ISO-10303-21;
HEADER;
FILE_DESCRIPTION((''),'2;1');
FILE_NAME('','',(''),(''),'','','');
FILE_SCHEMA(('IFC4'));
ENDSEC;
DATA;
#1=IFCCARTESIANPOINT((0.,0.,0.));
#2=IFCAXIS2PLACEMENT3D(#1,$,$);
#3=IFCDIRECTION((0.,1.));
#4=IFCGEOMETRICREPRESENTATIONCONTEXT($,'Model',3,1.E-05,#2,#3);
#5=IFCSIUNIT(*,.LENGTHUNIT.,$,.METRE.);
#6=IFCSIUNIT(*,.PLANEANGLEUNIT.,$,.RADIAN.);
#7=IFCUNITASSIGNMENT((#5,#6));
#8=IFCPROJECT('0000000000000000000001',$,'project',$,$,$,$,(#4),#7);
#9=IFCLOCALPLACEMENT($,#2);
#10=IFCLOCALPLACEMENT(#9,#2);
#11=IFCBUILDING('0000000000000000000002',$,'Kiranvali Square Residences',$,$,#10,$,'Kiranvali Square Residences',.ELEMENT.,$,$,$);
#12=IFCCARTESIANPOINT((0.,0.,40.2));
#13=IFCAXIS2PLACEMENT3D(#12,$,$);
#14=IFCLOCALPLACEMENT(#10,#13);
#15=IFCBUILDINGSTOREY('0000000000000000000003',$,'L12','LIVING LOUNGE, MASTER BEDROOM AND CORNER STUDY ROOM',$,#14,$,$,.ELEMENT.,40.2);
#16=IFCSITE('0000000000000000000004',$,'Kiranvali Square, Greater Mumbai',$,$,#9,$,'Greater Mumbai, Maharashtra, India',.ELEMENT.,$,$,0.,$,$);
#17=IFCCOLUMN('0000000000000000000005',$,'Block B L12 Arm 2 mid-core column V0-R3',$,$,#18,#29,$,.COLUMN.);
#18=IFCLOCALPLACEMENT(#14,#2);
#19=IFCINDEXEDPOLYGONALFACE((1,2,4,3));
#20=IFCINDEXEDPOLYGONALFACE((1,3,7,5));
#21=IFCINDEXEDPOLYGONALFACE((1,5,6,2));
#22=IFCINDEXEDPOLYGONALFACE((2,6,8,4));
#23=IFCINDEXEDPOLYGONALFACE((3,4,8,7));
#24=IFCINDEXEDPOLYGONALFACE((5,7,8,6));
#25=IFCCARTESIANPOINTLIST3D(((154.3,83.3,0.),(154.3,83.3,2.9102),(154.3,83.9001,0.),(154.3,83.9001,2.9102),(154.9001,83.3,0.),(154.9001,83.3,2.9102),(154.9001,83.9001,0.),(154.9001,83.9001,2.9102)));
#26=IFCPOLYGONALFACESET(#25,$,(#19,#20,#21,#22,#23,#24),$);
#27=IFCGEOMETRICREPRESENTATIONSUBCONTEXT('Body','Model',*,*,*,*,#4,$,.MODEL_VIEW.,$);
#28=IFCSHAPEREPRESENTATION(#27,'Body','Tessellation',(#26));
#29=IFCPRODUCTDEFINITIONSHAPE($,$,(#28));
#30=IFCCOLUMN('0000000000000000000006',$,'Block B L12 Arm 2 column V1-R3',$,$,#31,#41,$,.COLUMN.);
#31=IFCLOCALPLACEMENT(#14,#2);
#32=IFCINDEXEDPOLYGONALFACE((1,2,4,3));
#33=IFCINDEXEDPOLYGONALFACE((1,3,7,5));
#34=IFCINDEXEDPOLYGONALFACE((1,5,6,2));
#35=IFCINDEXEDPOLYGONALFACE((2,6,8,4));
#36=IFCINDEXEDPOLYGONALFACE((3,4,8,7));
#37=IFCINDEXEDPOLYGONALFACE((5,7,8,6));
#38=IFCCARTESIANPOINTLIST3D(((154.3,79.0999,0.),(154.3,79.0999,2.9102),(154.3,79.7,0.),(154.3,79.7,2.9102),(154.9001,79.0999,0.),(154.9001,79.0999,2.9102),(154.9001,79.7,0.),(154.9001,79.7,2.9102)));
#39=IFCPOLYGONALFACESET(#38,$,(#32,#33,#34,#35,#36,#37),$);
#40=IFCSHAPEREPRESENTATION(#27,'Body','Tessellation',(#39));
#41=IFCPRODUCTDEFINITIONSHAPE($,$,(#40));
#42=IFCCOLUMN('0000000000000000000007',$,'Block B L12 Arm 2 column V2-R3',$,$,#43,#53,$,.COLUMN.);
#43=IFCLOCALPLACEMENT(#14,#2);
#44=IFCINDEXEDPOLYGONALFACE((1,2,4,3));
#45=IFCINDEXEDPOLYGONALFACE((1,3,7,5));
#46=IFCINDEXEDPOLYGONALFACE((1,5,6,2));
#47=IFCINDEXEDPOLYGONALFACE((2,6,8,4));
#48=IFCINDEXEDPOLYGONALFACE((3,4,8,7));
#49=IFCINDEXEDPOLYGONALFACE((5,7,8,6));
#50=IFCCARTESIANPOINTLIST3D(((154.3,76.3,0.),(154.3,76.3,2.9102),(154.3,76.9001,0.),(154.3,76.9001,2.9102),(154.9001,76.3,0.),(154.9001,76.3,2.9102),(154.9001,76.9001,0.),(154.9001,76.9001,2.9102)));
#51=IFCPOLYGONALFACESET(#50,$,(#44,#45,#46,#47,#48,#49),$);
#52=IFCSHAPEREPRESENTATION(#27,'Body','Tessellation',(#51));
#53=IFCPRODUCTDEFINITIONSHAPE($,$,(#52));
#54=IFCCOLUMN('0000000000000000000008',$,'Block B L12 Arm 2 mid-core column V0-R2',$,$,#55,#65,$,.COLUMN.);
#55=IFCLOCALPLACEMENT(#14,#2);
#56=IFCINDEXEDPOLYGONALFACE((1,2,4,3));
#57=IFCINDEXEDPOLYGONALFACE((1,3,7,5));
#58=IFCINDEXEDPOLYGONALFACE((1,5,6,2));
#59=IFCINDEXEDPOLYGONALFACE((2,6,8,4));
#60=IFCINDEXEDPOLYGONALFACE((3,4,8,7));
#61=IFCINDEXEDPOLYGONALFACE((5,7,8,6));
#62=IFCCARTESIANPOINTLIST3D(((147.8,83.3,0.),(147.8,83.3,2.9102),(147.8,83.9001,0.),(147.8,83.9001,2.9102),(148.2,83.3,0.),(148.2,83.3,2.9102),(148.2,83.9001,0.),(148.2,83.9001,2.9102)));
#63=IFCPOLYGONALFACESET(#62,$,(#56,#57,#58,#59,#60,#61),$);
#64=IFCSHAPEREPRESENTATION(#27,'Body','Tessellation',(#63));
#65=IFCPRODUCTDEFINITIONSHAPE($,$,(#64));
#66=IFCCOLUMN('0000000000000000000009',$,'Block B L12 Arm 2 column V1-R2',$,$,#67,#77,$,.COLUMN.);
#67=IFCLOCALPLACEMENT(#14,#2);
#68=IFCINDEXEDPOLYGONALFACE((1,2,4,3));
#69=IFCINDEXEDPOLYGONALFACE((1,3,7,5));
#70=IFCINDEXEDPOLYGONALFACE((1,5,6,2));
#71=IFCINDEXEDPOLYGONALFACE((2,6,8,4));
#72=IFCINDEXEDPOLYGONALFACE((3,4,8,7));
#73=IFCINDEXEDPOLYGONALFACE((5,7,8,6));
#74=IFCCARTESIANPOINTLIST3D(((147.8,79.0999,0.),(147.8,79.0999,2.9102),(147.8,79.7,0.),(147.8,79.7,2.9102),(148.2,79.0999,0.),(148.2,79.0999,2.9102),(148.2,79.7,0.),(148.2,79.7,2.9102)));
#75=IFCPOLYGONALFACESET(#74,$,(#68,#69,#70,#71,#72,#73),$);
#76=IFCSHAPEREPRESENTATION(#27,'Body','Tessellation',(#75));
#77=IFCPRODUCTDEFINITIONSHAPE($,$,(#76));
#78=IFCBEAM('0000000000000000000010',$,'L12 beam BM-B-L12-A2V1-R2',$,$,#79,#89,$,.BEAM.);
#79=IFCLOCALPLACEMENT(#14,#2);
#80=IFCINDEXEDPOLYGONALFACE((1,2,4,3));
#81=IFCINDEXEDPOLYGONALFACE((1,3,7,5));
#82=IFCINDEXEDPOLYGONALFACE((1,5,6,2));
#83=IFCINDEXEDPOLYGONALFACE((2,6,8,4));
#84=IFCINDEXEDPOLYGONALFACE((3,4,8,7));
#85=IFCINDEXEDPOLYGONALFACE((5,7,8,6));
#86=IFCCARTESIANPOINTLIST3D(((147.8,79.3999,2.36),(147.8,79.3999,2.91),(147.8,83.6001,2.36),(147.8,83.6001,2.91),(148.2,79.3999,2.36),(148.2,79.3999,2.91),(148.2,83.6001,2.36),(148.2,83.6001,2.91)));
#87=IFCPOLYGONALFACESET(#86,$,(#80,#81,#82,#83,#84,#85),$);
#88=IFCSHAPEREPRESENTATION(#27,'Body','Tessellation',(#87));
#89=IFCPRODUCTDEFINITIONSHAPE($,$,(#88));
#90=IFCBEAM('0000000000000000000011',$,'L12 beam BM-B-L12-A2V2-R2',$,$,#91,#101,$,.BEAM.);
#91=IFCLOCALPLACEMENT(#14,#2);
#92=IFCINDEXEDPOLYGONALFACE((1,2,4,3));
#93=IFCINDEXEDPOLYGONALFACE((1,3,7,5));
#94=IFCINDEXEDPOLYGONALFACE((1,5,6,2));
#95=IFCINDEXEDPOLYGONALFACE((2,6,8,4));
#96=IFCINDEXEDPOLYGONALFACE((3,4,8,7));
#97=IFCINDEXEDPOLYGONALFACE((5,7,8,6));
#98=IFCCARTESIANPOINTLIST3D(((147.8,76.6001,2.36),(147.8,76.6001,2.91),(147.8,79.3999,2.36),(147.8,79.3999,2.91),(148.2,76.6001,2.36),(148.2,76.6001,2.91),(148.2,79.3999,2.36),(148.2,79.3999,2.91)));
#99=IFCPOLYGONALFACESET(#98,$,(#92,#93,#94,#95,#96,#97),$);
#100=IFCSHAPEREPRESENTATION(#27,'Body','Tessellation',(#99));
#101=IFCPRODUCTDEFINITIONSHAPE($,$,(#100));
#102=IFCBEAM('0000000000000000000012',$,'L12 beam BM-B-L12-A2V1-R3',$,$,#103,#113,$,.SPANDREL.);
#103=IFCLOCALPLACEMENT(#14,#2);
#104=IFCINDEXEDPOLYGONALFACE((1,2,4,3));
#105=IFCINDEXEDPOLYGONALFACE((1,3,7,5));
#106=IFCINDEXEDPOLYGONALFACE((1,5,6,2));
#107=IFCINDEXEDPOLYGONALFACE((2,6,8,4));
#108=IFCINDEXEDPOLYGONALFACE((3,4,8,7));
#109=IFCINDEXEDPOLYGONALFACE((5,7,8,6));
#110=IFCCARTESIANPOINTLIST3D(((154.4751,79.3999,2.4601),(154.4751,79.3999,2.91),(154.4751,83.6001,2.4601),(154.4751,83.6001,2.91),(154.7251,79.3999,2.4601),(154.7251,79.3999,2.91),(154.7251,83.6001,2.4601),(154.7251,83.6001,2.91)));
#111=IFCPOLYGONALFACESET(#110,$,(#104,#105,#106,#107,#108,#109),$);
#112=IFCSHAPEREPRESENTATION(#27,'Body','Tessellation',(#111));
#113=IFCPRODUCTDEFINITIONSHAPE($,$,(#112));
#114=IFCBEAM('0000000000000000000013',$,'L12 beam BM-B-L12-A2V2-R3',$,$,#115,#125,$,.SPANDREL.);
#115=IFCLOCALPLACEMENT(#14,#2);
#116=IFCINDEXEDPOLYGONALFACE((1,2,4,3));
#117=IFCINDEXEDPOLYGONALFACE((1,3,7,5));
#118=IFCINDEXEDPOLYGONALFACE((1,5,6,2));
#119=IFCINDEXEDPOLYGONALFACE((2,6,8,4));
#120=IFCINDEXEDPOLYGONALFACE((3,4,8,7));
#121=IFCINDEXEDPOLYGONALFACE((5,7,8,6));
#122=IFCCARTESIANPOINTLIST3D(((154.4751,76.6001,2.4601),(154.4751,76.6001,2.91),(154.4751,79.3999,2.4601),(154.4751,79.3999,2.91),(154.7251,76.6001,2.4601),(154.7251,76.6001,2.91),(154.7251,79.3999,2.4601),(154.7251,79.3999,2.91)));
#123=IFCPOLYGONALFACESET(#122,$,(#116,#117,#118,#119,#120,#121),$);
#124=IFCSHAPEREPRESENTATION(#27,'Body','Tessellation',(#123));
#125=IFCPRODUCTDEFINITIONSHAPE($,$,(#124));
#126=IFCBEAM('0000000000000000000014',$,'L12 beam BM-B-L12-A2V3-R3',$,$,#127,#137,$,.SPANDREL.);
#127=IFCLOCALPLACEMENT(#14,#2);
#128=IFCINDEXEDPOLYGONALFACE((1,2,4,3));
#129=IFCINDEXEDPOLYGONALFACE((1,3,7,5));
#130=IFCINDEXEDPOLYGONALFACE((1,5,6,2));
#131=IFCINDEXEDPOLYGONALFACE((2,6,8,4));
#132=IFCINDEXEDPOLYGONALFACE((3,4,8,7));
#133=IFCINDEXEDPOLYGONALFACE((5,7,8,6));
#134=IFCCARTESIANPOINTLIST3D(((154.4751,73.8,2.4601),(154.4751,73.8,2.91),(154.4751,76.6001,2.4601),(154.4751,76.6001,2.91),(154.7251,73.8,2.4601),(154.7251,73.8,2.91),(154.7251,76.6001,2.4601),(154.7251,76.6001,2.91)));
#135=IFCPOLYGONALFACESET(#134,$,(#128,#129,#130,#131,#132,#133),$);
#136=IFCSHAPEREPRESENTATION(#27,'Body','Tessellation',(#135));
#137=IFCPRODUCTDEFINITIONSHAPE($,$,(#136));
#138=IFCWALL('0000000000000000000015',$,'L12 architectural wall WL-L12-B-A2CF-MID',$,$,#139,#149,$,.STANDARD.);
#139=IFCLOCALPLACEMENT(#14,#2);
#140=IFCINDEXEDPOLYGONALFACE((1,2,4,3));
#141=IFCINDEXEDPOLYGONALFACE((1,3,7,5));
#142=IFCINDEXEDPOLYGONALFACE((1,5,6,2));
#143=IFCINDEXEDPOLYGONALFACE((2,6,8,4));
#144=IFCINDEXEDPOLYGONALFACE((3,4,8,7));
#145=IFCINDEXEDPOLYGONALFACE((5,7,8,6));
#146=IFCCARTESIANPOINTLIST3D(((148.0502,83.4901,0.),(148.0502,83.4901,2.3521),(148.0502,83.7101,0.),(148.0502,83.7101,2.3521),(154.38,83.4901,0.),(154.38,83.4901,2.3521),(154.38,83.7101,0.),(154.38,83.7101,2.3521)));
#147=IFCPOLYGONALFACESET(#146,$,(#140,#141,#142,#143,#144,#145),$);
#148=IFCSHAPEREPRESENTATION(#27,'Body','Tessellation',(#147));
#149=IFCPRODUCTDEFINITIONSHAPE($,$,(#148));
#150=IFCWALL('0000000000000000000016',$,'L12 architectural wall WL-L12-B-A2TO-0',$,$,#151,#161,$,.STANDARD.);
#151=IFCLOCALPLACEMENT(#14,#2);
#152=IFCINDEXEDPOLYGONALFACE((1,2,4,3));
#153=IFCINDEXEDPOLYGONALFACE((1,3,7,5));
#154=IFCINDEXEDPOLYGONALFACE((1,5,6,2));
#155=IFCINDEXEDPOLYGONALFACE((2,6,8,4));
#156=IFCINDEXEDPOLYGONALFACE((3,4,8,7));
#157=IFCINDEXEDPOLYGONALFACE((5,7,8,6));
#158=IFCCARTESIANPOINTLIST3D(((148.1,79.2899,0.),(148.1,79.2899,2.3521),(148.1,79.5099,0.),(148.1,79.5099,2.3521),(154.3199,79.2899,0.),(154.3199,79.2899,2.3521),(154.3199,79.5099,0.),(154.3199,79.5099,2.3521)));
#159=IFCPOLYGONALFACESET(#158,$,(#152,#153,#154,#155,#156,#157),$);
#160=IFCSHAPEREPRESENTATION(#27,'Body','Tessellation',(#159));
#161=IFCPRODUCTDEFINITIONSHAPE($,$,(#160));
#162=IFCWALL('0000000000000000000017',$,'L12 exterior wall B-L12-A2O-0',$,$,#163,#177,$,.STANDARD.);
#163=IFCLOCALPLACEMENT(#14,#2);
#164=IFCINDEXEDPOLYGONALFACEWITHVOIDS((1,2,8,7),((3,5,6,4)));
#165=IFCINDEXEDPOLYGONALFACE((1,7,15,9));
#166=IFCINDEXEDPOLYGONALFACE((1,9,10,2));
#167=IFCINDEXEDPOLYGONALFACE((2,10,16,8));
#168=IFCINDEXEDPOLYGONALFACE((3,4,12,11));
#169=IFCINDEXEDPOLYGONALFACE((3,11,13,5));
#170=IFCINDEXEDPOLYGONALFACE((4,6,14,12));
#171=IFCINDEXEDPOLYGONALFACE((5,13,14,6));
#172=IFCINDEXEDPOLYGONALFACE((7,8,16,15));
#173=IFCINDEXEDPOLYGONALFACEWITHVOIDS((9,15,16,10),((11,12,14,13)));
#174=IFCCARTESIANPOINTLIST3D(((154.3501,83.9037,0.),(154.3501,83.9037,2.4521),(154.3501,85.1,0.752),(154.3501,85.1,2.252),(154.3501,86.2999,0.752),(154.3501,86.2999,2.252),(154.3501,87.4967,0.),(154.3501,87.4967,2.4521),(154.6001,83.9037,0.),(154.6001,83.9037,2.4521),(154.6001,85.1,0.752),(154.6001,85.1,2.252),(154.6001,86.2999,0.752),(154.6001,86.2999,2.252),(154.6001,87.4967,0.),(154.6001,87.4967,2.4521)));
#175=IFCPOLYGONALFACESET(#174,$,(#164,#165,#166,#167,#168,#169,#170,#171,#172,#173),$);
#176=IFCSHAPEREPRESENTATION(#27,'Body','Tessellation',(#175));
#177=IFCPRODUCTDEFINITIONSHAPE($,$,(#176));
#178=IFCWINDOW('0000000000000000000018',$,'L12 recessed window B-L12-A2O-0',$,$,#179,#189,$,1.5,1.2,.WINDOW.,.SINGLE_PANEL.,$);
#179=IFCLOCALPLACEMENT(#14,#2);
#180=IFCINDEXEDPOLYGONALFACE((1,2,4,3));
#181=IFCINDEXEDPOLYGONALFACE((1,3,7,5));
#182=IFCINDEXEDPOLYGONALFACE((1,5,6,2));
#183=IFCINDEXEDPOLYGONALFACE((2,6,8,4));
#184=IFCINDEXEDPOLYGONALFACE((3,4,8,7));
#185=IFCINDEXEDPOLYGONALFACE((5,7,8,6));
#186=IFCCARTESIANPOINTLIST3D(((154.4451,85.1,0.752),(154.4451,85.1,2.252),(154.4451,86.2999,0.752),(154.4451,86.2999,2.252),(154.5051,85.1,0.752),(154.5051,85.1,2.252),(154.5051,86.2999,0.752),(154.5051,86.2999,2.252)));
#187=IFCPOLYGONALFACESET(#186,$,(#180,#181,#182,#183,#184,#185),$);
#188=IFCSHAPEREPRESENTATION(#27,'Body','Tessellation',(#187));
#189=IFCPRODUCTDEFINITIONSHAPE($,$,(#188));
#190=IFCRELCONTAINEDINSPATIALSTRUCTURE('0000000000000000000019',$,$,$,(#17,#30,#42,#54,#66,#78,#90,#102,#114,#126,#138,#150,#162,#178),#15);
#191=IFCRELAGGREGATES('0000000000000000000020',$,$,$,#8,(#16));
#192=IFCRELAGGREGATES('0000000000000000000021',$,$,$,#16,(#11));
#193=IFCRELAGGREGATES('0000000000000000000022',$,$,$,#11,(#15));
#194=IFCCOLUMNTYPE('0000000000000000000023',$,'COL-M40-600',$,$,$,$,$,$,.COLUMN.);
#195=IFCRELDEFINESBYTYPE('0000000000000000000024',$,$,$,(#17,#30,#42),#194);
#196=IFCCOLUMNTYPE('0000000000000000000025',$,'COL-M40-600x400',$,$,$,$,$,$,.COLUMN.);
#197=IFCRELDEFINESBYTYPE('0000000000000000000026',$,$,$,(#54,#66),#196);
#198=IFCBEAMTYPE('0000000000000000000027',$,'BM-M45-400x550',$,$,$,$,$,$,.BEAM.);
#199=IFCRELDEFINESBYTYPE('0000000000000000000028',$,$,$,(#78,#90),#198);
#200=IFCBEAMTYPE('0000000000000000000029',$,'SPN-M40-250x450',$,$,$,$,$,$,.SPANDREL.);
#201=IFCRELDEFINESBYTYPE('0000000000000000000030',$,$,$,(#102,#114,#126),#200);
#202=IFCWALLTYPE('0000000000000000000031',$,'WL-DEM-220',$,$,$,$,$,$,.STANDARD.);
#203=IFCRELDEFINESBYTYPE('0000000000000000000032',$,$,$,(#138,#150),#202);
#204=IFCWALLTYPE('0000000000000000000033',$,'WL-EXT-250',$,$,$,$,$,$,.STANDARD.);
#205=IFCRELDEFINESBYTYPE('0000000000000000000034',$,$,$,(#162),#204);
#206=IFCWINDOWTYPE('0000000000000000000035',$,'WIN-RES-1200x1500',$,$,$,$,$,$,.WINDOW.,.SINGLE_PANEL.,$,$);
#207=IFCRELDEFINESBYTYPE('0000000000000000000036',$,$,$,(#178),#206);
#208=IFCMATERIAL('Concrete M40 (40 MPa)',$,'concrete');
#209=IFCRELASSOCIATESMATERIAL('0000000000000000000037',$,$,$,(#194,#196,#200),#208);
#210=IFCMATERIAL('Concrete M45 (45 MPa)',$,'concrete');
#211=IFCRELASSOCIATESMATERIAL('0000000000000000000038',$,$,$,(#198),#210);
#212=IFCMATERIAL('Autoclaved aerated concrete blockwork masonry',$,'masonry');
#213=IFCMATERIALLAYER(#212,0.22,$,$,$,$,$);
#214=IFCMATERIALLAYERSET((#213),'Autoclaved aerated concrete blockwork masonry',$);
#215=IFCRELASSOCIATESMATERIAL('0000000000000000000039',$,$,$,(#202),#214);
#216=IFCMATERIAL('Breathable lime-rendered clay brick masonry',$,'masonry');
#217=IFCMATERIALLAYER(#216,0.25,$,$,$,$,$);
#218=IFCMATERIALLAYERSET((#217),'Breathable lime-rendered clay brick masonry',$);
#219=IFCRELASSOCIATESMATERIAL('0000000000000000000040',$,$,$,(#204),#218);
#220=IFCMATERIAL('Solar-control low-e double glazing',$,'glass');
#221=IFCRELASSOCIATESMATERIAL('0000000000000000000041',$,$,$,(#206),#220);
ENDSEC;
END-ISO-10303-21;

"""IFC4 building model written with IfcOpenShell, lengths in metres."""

from ifc_helpers import new_model, si_unit, direction, frame, frame_2d, origin, origin_2d, place, context, subcontext, project, spatial, rectangle, extrude, material, layer, layer_set, material_profile, profile_set, type_object, element, fill, save


model = new_model("IFC4")

# Units and contexts
model_context = context("Model", 3, precision=1e-05, world=origin(), true_north=direction((0.0, 1.0)))
body_context = subcontext(model_context, "Body", "Model", "MODEL_VIEW")
ifc_project = project(units=[si_unit("LENGTHUNIT", "METRE"), si_unit("PLANEANGLEUNIT", "RADIAN")], contexts=[model_context])

# Site, building, storey
site_placement = place(None, origin())
site = spatial("IfcSite", under=ifc_project, at=site_placement, Name="Kiranvali Square, Greater Mumbai", LongName="Greater Mumbai, Maharashtra, India", CompositionType="ELEMENT", RefElevation=0.0)
building_placement = place(site_placement, origin())
building = spatial("IfcBuilding", under=site, at=building_placement, Name="Kiranvali Square Residences", LongName="Kiranvali Square Residences", CompositionType="ELEMENT")
storey_placement = place(building_placement, frame((0.0, 0.0, 40.2)))
storey = spatial("IfcBuildingStorey", under=building, at=storey_placement, Name="L12", Description="LIVING LOUNGE, MASTER BEDROOM AND CORNER STUDY ROOM", CompositionType="ELEMENT", Elevation=40.2)

# Columns
ifc_material_1 = material(Name="Concrete M40 (40 MPa)", Category="concrete")
ifc_material_profile_1 = material_profile(ifc_material_1, rectangle(XDim=0.6001, YDim=0.6001, at=origin_2d()), Name="RC 600x600")
ifc_profile_set_1 = profile_set([ifc_material_profile_1], Name="Concrete M40 (40 MPa)")
column_type_1 = type_object("IfcColumnType", Name="COL-M40-600", PredefinedType="COLUMN", material=ifc_profile_set_1)
for number, where, z_axis, x_axis, name in (
    (1, (154.6001, 83.6001, 0.0), (0.0, 0.0, 1.0), (1.0, 0.0, 0.0), "Block B L12 Arm 2 mid-core column V0-R3"),
    (2, (154.6001, 79.3999, 0.0), (0.0, 0.0, 1.0), (1.0, 0.0, 0.0), "Block B L12 Arm 2 column V1-R3"),
    (3, (154.6001, 76.6001, 0.0), (0.0, 0.0, 1.0), (1.0, 0.0, 0.0), "Block B L12 Arm 2 column V2-R3"),
):
    element("IfcColumn", number, at=place(storey_placement, frame(where, z_axis=z_axis, x_axis=x_axis)), inside=storey, type_object=column_type_1, Name=name, PredefinedType="COLUMN", context=body_context, shape_type="SweptSolid", body=[
        extrude(rectangle(XDim=0.6001, YDim=0.6001, at=origin_2d()), origin(), (0.0, 0.0, 1.0), 2.9102),
    ])
ifc_material_profile_2 = material_profile(ifc_material_1, rectangle(XDim=0.3999, YDim=0.6001, at=origin_2d()), Name="RC 600x400")
ifc_profile_set_2 = profile_set([ifc_material_profile_2], Name="Concrete M40 (40 MPa)")
column_type_2 = type_object("IfcColumnType", Name="COL-M40-600x400", PredefinedType="COLUMN", material=ifc_profile_set_2)
for number, where, z_axis, x_axis, name in (
    (4, (148.0, 83.6001, 0.0), (0.0, 0.0, 1.0), (1.0, 0.0, 0.0), "Block B L12 Arm 2 mid-core column V0-R2"),
    (5, (148.0, 79.3999, 0.0), (0.0, 0.0, 1.0), (1.0, 0.0, 0.0), "Block B L12 Arm 2 column V1-R2"),
):
    element("IfcColumn", number, at=place(storey_placement, frame(where, z_axis=z_axis, x_axis=x_axis)), inside=storey, type_object=column_type_2, Name=name, PredefinedType="COLUMN", context=body_context, shape_type="SweptSolid", body=[
        extrude(rectangle(XDim=0.3999, YDim=0.6001, at=origin_2d()), origin(), (0.0, 0.0, 1.0), 2.9102),
    ])

# Beams
ifc_material_2 = material(Name="Concrete M45 (45 MPa)", Category="concrete")
ifc_material_profile_3 = material_profile(ifc_material_2, rectangle(XDim=0.3999, YDim=0.55, at=origin_2d()), Name="RC 400x550")
ifc_profile_set_3 = profile_set([ifc_material_profile_3], Name="Concrete M45 (45 MPa)")
beam_type_1 = type_object("IfcBeamType", Name="BM-M45-400x550", PredefinedType="BEAM", material=ifc_profile_set_3)
beam_1_placement = place(storey_placement, frame((148.0, 83.6001, 2.635), z_axis=(0.0, -1.0, 0.0), x_axis=(1.0, 0.0, 0.0)))
element("IfcBeam", 6, at=beam_1_placement, inside=storey, type_object=beam_type_1, Name="L12 beam BM-B-L12-A2V1-R2", PredefinedType="BEAM", context=body_context, shape_type="SweptSolid", body=[
    extrude(rectangle(XDim=0.3999, YDim=0.55, at=origin_2d()), origin(), (0.0, 0.0, 1.0), 4.2002),
])
beam_2_placement = place(storey_placement, frame((148.0, 79.3999, 2.635), z_axis=(0.0, -1.0, 0.0), x_axis=(1.0, 0.0, 0.0)))
element("IfcBeam", 7, at=beam_2_placement, inside=storey, type_object=beam_type_1, Name="L12 beam BM-B-L12-A2V2-R2", PredefinedType="BEAM", context=body_context, shape_type="SweptSolid", body=[
    extrude(rectangle(XDim=0.3999, YDim=0.55, at=origin_2d()), origin(), (0.0, 0.0, 1.0), 2.7998),
])
ifc_material_profile_4 = material_profile(ifc_material_1, rectangle(XDim=0.25, YDim=0.45, at=origin_2d()), Name="RC 250x450")
ifc_profile_set_4 = profile_set([ifc_material_profile_4], Name="Concrete M40 (40 MPa)")
beam_type_2 = type_object("IfcBeamType", Name="SPN-M40-250x450", PredefinedType="SPANDREL", material=ifc_profile_set_4)
beam_3_placement = place(storey_placement, frame((154.6001, 83.6001, 2.6851), z_axis=(0.0, -1.0, 0.0), x_axis=(1.0, 0.0, 0.0)))
element("IfcBeam", 8, at=beam_3_placement, inside=storey, type_object=beam_type_2, Name="L12 beam BM-B-L12-A2V1-R3", PredefinedType="SPANDREL", context=body_context, shape_type="SweptSolid", body=[
    extrude(rectangle(XDim=0.25, YDim=0.45, at=origin_2d()), origin(), (0.0, 0.0, 1.0), 4.2002),
])
beam_4_placement = place(storey_placement, frame((154.6001, 79.3999, 2.6851), z_axis=(0.0, -1.0, 0.0), x_axis=(1.0, 0.0, 0.0)))
element("IfcBeam", 9, at=beam_4_placement, inside=storey, type_object=beam_type_2, Name="L12 beam BM-B-L12-A2V2-R3", PredefinedType="SPANDREL", context=body_context, shape_type="SweptSolid", body=[
    extrude(rectangle(XDim=0.25, YDim=0.45, at=origin_2d()), origin(), (0.0, 0.0, 1.0), 2.7998),
])
beam_5_placement = place(storey_placement, frame((154.6001, 76.6001, 2.6851), z_axis=(0.0, -1.0, 0.0), x_axis=(1.0, 0.0, 0.0)))
element("IfcBeam", 10, at=beam_5_placement, inside=storey, type_object=beam_type_2, Name="L12 beam BM-B-L12-A2V3-R3", PredefinedType="SPANDREL", context=body_context, shape_type="SweptSolid", body=[
    extrude(rectangle(XDim=0.25, YDim=0.45, at=origin_2d()), origin(), (0.0, 0.0, 1.0), 2.8),
])

# Shared definitions
ifc_material_3 = material(Name="Autoclaved aerated concrete blockwork masonry", Category="masonry")

# Walls
ifc_layer_1 = layer(ifc_material_3, 0.22)
ifc_layer_set_1 = layer_set([ifc_layer_1], Name="Autoclaved aerated concrete blockwork masonry")
wall_type_1 = type_object("IfcWallType", Name="WL-DEM-220", PredefinedType="STANDARD", material=ifc_layer_set_1)
wall_1_placement = place(storey_placement, frame((148.05, 83.6001, 0.0), z_axis=(0.0, 0.0, 1.0), x_axis=(1.0, 0.0, 0.0)))
element("IfcWall", 11, at=wall_1_placement, inside=storey, type_object=wall_type_1, Name="L12 architectural wall WL-L12-B-A2CF-MID", PredefinedType="STANDARD", context=body_context, shape_type="SweptSolid", body=[
    extrude(rectangle(XDim=6.3298, YDim=0.22, at=frame_2d((3.165, 0.0))), origin(), (0.0, 0.0, 1.0), 2.3521),
])
wall_2_placement = place(storey_placement, frame((148.1001, 79.3999, 0.0), z_axis=(0.0, 0.0, 1.0), x_axis=(1.0, 0.0, 0.0)))
element("IfcWall", 12, at=wall_2_placement, inside=storey, type_object=wall_type_1, Name="L12 architectural wall WL-L12-B-A2TO-0", PredefinedType="STANDARD", context=body_context, shape_type="SweptSolid", body=[
    extrude(rectangle(XDim=6.22, YDim=0.22, at=frame_2d((3.1099, 0.0))), origin(), (0.0, 0.0, 1.0), 2.3521),
])

# Wall, opening, window
ifc_material_4 = material(Name="Breathable lime-rendered clay brick masonry", Category="masonry")
ifc_layer_2 = layer(ifc_material_4, 0.25)
ifc_layer_set_2 = layer_set([ifc_layer_2], Name="Breathable lime-rendered clay brick masonry")
wall_type_2 = type_object("IfcWallType", Name="WL-EXT-250", PredefinedType="STANDARD", material=ifc_layer_set_2)
wall_3_placement = place(storey_placement, frame((154.4751, 87.4966, 0.0), z_axis=(0.0, 0.0, 1.0), x_axis=(0.0, -1.0, 0.0)))
wall_3 = element("IfcWall", 13, at=wall_3_placement, inside=storey, type_object=wall_type_2, Name="L12 exterior wall B-L12-A2O-0", PredefinedType="STANDARD", context=body_context, shape_type="SweptSolid", body=[
    extrude(rectangle(XDim=3.593, YDim=0.25, at=frame_2d((1.7964, 0.0))), origin(), (0.0, 0.0, 1.0), 2.4521),
])
opening_1_placement = place(wall_3_placement, frame((1.1965, 0.0, 0.752)))
opening_1 = element("IfcOpeningElement", 14, at=opening_1_placement, cuts=wall_3, PredefinedType="OPENING", context=body_context, shape_type="SweptSolid", body=[
    extrude(rectangle(XDim=1.2, YDim=1.5, at=frame_2d((0.6001, 0.75))), frame((0.0, 0.135, 0.0), z_axis=(0.0, -1.0, 0.0), x_axis=(1.0, 0.0, 0.0)), (0.0, 0.0, 1.0), 0.27),
])
ifc_material_5 = material(Name="Solar-control low-e double glazing", Category="glass")
window_type = type_object("IfcWindowType", Name="WIN-RES-1200x1500", PartitioningType="SINGLE_PANEL", PredefinedType="WINDOW", material=ifc_material_5)
window_1_placement = place(opening_1_placement, origin())
window_1 = element("IfcWindow", 15, at=window_1_placement, inside=storey, type_object=window_type, Name="L12 recessed window B-L12-A2O-0", OverallHeight=1.5, OverallWidth=1.2, PartitioningType="SINGLE_PANEL", PredefinedType="WINDOW", context=body_context, shape_type="SweptSolid", body=[
    extrude(rectangle(XDim=1.2, YDim=1.5, at=frame_2d((0.6001, 0.75))), frame((0.0, 0.03, 0.0), z_axis=(0.0, -1.0, 0.0), x_axis=(1.0, 0.0, 0.0)), (0.0, 0.0, 1.0), 0.0601),
])
fill(opening_1, window_1)

save(model, "model.ifc")
